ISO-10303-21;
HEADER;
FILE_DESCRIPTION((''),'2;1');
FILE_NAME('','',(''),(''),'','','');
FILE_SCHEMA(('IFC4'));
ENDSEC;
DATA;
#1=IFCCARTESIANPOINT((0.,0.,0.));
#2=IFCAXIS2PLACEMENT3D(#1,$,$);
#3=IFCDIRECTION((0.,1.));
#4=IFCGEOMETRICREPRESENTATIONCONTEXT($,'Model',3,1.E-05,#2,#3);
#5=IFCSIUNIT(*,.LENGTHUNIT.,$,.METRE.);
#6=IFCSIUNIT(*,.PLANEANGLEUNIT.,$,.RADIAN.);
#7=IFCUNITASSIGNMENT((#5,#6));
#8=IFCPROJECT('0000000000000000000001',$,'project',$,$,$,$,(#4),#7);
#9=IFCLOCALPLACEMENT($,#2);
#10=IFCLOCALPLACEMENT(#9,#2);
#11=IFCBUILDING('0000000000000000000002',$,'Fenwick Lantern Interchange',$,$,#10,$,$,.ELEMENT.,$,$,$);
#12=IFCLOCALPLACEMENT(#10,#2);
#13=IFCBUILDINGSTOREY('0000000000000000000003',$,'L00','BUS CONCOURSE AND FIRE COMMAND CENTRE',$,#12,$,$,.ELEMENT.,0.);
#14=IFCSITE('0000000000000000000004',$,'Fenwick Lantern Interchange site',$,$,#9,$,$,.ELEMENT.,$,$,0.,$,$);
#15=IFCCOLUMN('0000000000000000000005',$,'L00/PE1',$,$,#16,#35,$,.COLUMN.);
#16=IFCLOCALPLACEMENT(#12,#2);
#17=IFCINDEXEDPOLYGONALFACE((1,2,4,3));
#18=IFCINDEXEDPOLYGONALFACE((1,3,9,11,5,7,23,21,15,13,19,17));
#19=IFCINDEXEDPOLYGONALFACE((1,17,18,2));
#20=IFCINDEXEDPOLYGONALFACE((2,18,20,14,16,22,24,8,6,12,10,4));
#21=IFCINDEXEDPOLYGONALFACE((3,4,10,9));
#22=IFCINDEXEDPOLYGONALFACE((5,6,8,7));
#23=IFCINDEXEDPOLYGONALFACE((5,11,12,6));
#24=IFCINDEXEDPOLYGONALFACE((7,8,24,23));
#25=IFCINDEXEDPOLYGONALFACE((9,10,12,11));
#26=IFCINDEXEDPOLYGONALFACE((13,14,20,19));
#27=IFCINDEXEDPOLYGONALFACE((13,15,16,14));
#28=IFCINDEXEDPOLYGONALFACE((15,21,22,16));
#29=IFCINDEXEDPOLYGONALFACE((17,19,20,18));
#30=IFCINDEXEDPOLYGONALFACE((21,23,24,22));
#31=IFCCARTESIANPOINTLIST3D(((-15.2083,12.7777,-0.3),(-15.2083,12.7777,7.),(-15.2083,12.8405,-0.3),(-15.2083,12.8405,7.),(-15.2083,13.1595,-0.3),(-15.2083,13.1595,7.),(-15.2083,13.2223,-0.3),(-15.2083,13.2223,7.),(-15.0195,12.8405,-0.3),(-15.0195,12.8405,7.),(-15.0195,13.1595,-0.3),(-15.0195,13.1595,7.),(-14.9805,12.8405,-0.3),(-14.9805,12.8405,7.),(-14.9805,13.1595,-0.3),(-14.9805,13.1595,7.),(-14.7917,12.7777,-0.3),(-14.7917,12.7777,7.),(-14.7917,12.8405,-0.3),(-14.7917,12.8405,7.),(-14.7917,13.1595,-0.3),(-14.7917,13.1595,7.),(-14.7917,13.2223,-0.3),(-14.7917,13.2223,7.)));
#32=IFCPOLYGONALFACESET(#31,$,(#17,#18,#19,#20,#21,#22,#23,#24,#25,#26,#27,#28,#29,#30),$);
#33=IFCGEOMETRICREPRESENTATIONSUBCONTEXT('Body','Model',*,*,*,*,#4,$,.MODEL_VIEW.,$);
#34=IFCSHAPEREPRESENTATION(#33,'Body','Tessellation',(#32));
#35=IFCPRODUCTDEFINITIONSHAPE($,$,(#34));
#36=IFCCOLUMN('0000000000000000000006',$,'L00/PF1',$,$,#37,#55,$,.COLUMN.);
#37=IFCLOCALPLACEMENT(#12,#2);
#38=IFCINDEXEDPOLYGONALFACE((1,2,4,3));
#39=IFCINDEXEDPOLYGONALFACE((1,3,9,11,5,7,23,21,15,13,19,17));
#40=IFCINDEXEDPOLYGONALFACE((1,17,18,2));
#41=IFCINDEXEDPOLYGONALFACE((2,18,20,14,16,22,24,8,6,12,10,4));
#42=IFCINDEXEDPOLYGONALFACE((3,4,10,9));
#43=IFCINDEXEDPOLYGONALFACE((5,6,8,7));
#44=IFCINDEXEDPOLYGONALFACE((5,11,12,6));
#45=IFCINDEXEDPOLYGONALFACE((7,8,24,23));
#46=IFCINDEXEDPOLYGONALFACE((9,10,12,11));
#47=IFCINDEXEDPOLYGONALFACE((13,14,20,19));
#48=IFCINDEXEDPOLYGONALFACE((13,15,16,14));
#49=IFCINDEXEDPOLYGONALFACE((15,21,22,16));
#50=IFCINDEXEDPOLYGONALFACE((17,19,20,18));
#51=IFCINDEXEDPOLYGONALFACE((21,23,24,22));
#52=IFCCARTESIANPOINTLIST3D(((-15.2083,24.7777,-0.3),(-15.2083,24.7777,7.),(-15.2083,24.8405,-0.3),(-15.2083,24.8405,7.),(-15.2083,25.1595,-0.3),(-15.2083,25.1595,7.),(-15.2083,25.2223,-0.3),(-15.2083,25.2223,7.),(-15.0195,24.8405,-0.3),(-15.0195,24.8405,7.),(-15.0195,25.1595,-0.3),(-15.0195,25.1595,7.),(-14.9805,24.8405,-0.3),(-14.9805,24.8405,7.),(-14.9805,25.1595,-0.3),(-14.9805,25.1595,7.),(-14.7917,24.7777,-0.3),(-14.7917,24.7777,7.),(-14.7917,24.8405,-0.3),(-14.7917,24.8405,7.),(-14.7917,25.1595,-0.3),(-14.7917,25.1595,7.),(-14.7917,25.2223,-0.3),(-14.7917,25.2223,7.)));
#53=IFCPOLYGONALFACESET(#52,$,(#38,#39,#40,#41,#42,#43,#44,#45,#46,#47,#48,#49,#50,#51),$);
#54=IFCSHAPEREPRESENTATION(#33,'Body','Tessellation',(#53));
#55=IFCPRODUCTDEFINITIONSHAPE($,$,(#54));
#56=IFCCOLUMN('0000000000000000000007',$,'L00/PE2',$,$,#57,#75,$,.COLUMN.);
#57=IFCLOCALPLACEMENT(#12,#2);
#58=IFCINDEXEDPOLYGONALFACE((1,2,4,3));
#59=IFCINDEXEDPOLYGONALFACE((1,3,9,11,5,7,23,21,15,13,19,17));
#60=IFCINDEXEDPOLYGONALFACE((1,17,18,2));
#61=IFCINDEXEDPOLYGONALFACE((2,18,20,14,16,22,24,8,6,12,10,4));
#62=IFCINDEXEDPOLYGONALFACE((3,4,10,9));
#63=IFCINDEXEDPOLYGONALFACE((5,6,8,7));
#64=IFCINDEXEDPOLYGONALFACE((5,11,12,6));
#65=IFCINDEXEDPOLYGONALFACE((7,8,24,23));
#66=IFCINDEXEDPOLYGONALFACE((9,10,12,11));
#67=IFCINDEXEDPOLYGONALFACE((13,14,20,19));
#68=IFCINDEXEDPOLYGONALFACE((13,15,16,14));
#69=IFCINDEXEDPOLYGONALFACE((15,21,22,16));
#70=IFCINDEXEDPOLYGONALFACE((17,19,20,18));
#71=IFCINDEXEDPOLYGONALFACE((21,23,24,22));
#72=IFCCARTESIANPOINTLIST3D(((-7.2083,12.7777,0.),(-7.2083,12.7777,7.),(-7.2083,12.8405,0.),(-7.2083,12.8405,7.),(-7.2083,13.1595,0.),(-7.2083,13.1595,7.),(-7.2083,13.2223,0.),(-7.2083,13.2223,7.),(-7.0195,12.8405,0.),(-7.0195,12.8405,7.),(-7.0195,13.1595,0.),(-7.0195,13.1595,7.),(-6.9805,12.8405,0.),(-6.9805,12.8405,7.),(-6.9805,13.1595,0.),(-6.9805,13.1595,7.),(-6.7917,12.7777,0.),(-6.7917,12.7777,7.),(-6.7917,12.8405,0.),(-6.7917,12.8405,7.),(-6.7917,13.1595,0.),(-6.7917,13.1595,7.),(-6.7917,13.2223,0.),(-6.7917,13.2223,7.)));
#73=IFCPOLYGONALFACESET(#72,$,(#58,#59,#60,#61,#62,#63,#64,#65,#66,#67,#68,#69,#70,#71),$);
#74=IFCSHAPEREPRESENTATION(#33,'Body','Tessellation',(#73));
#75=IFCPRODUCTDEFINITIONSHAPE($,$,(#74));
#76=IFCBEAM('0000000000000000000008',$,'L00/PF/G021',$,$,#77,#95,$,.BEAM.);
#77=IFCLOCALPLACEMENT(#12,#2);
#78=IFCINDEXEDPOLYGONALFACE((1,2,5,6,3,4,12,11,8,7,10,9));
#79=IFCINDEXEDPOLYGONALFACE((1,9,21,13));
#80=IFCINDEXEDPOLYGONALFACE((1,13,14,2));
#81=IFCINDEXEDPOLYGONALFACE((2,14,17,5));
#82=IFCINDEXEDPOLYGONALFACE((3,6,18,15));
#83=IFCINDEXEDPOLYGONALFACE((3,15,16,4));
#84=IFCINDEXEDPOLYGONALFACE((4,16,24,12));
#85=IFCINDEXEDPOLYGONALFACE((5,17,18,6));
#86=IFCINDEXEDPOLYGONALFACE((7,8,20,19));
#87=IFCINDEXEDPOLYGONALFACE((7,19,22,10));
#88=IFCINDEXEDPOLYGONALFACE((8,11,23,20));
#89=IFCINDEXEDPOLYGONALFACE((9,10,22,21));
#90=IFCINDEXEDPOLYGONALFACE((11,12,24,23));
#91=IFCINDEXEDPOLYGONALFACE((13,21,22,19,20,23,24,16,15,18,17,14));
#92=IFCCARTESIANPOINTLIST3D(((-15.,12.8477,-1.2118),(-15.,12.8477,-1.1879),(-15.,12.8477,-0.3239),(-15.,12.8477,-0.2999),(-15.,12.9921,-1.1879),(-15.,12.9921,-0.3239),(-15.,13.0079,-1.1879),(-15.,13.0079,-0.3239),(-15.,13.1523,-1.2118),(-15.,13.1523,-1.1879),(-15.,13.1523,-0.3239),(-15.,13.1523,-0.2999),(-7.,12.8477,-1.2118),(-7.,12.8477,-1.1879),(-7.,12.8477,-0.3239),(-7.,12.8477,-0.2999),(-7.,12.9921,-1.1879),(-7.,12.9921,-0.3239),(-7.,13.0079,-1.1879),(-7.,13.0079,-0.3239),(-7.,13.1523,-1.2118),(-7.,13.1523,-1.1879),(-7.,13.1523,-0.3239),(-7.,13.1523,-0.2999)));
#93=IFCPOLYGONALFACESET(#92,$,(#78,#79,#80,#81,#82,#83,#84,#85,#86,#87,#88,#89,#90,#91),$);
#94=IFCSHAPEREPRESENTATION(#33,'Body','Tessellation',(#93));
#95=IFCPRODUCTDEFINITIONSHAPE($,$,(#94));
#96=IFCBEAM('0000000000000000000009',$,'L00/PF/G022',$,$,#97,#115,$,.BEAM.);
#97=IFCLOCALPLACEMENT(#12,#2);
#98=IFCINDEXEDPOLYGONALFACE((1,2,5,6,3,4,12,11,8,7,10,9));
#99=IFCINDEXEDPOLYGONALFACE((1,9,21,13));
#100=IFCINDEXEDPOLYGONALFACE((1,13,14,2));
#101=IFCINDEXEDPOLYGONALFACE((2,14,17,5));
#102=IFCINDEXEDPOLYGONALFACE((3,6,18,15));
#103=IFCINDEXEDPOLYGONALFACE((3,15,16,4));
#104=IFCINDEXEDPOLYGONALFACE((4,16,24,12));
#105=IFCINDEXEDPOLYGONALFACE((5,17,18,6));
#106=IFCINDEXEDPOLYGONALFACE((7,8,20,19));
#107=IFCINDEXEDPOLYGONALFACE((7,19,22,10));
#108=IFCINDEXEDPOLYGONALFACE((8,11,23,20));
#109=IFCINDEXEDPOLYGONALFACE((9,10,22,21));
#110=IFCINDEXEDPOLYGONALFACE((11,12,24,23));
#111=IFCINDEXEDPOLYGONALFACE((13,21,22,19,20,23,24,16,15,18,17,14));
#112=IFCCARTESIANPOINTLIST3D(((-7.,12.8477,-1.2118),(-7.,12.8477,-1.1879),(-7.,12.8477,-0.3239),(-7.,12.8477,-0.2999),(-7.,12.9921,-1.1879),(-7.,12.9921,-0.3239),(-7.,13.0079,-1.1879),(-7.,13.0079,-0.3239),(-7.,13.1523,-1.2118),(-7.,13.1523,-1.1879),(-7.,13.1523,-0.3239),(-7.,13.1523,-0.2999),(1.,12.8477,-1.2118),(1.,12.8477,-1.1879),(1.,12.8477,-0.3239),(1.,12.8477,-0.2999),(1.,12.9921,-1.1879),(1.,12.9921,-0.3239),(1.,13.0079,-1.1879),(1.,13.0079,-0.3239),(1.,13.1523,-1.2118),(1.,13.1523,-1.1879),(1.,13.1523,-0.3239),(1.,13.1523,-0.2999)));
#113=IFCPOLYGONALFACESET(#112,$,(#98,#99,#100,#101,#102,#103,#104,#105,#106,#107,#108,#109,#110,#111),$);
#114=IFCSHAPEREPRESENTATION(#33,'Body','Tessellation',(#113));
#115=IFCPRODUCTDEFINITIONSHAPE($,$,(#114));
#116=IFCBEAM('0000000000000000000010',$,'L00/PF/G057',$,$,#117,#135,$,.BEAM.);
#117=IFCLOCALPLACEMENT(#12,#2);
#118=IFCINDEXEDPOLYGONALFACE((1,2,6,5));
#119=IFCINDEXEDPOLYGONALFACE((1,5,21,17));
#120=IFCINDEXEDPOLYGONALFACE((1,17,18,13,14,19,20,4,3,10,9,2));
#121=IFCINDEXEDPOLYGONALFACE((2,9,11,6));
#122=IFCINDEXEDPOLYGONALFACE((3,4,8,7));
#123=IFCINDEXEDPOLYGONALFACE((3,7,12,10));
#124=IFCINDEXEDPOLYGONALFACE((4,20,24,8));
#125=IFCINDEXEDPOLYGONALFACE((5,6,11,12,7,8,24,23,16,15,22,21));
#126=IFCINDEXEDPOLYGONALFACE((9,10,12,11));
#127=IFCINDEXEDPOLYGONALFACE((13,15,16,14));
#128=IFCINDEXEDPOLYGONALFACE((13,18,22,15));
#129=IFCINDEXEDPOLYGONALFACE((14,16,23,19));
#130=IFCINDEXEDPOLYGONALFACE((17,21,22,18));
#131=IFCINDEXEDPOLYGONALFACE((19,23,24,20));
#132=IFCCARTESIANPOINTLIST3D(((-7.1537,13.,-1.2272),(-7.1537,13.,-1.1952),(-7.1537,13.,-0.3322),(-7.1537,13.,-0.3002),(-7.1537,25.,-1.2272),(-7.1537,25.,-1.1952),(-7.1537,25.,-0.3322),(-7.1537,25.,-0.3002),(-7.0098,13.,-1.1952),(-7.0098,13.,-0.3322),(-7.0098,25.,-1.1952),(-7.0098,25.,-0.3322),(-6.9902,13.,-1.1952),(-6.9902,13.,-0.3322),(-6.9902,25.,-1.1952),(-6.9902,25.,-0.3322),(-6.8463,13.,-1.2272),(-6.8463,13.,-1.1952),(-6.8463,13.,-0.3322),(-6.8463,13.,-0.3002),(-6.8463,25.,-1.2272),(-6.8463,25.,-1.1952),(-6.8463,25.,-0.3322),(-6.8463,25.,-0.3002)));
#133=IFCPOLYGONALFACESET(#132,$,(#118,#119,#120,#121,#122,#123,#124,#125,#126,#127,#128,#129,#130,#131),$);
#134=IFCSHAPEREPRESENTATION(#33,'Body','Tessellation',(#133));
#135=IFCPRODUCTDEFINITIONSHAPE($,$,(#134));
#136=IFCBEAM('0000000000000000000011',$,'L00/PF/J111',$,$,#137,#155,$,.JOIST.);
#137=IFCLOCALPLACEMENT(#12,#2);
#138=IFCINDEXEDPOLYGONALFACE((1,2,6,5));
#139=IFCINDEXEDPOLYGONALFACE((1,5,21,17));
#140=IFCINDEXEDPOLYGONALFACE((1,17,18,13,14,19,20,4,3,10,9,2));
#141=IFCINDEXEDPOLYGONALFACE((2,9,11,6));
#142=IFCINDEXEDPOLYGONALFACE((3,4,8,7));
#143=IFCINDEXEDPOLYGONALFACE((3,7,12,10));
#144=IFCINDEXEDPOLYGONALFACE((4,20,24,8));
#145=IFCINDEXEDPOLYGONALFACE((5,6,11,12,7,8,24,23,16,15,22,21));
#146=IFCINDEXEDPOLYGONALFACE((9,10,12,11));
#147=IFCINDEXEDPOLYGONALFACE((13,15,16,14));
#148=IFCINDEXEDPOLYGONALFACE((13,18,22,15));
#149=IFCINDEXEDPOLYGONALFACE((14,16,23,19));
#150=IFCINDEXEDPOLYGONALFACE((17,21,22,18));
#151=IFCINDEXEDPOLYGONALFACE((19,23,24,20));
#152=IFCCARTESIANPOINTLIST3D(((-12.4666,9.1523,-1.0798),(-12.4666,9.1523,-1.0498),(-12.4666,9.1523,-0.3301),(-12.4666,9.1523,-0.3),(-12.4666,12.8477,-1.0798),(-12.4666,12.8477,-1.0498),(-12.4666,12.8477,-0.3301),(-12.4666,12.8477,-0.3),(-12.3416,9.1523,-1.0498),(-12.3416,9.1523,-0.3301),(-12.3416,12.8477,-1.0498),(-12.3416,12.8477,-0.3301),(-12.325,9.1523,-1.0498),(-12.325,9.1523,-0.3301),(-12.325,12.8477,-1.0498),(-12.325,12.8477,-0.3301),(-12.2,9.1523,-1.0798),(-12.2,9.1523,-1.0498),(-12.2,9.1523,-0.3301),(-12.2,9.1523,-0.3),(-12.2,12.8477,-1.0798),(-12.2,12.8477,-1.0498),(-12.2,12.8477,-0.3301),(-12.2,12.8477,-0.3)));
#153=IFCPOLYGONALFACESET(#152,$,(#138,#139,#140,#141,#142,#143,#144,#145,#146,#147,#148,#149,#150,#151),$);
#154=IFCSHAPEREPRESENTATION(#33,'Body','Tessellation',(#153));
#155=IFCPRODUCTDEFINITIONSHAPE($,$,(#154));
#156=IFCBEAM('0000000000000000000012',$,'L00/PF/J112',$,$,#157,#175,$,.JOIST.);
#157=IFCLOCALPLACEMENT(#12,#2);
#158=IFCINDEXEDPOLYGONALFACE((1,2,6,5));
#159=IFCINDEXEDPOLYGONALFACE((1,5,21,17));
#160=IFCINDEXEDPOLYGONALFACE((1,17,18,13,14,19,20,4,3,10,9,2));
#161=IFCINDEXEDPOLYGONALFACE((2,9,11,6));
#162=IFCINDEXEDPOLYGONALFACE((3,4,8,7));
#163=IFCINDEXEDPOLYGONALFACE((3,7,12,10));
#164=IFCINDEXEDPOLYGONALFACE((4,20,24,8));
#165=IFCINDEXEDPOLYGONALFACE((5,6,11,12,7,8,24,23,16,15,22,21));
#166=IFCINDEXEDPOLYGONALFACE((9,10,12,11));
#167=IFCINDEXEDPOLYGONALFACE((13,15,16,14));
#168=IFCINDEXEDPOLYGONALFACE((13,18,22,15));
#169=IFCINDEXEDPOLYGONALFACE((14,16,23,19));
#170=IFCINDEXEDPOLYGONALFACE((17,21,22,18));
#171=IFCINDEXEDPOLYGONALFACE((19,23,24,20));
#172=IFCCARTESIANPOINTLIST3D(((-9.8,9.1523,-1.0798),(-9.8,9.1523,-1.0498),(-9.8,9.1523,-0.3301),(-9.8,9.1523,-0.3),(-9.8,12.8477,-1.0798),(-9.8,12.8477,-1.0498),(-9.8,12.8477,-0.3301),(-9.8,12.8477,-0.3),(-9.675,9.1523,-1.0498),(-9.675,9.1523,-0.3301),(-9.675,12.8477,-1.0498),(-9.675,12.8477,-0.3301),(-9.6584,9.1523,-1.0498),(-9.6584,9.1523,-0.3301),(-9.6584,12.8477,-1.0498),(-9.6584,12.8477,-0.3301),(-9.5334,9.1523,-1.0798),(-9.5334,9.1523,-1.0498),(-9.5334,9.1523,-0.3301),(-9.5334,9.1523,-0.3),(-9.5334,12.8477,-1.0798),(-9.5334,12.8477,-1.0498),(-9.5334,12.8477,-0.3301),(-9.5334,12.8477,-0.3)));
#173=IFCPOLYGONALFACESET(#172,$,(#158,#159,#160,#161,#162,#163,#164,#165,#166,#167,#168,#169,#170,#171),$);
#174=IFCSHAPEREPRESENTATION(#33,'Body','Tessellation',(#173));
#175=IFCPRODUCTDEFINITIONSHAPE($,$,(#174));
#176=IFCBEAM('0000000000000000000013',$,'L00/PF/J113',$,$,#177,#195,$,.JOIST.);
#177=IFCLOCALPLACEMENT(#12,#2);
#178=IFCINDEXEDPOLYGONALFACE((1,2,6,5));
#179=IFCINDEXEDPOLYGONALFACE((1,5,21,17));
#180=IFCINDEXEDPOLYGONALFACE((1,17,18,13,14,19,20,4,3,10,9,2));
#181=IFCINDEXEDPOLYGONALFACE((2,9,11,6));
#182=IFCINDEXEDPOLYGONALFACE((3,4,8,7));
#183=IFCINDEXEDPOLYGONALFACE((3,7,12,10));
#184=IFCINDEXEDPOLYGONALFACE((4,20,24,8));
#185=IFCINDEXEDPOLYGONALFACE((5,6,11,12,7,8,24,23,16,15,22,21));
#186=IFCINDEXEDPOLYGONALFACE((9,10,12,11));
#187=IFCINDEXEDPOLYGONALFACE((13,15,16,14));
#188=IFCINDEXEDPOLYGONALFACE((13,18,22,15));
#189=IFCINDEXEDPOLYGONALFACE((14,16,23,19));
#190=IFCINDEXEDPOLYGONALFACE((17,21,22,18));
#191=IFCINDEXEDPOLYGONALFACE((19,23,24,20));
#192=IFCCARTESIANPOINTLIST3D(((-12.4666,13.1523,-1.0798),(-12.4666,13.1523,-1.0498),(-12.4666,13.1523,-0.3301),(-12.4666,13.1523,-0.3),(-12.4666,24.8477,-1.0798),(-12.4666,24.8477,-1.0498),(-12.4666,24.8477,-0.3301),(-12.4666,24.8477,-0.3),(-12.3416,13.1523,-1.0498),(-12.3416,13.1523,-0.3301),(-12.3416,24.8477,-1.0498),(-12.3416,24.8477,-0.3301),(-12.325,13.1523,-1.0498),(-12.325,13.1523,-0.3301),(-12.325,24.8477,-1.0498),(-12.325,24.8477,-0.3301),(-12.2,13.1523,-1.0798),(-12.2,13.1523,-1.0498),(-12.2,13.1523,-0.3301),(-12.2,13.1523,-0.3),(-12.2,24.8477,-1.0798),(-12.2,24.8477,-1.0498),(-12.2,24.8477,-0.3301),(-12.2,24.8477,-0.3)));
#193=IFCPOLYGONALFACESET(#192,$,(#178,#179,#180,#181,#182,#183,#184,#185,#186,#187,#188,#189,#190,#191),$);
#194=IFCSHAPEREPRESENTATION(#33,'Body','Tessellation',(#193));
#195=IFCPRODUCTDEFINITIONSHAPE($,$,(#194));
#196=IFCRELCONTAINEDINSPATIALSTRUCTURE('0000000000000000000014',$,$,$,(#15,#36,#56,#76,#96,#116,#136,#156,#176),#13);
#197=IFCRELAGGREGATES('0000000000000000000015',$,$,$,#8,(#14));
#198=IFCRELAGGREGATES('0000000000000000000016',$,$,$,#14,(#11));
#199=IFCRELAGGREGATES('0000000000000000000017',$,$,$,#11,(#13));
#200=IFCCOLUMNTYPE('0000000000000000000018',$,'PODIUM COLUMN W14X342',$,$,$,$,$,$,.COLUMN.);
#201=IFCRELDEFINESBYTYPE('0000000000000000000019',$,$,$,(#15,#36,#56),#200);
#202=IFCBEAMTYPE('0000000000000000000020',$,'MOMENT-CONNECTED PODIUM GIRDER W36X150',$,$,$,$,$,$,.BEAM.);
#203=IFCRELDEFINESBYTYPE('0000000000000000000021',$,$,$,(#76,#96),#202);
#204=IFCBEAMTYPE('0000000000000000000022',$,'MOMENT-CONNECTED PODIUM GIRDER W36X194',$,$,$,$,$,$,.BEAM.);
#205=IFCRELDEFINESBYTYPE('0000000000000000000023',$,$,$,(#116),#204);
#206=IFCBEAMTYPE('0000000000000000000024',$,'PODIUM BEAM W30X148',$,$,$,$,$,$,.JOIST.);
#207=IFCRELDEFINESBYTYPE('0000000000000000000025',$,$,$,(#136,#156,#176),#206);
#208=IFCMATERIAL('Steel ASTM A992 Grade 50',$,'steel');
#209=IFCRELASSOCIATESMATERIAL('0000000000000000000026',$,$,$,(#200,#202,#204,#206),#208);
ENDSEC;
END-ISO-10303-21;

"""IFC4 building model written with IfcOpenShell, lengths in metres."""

from ifc_helpers import new_model, si_unit, direction, frame, origin, origin_2d, place, context, subcontext, project, spatial, i_section, extrude, material, material_profile, profile_set, type_object, element, save


model = new_model("IFC4")

# Units and contexts
model_context = context("Model", 3, precision=1e-05, world=origin(), true_north=direction((0.0, 1.0)))
body_context = subcontext(model_context, "Body", "Model", "MODEL_VIEW")
ifc_project = project(units=[si_unit("LENGTHUNIT", "METRE"), si_unit("PLANEANGLEUNIT", "RADIAN")], contexts=[model_context])

# Site, building, storey
site_placement = place(None, origin())
site = spatial("IfcSite", under=ifc_project, at=site_placement, Name="Fenwick Lantern Interchange site", CompositionType="ELEMENT", RefElevation=0.0)
building_placement = place(site_placement, origin())
building = spatial("IfcBuilding", under=site, at=building_placement, Name="Fenwick Lantern Interchange", CompositionType="ELEMENT")
storey_placement = place(building_placement, origin())
storey = spatial("IfcBuildingStorey", under=building, at=storey_placement, Name="L00", Description="BUS CONCOURSE AND FIRE COMMAND CENTRE", CompositionType="ELEMENT", Elevation=0.0)

# Columns
ifc_material_1 = material(Name="Steel ASTM A992 Grade 50", Category="steel")
ifc_material_profile_1 = material_profile(ifc_material_1, i_section(OverallWidth=0.4165, OverallDepth=0.4446, WebThickness=0.0391, FlangeThickness=0.0627, at=origin_2d()), Name="W14X342")
ifc_profile_set_1 = profile_set([ifc_material_profile_1], Name="Steel ASTM A992 Grade 50")
column_type = type_object("IfcColumnType", Name="PODIUM COLUMN W14X342", PredefinedType="COLUMN", material=ifc_profile_set_1)
for number, where, z_axis, x_axis, name in (
    (1, (-15.0, 13.0, -0.3), (0.0, 0.0, 1.0), (1.0, 0.0, 0.0), "L00/PE1"),
    (2, (-15.0, 25.0, -0.3), (0.0, 0.0, 1.0), (1.0, 0.0, 0.0), "L00/PF1"),
):
    element("IfcColumn", number, at=place(storey_placement, frame(where, z_axis=z_axis, x_axis=x_axis)), inside=storey, type_object=column_type, Name=name, PredefinedType="COLUMN", context=body_context, shape_type="SweptSolid", body=[
        extrude(i_section(OverallWidth=0.4165, OverallDepth=0.4446, WebThickness=0.0391, FlangeThickness=0.0627, at=origin_2d()), origin(), (0.0, 0.0, 1.0), 7.3),
    ])
column_placement = place(storey_placement, frame((-7.0, 13.0, 0.0), z_axis=(0.0, 0.0, 1.0), x_axis=(1.0, 0.0, 0.0)))
element("IfcColumn", 3, at=column_placement, inside=storey, type_object=column_type, Name="L00/PE2", PredefinedType="COLUMN", context=body_context, shape_type="SweptSolid", body=[
    extrude(i_section(OverallWidth=0.4165, OverallDepth=0.4446, WebThickness=0.0391, FlangeThickness=0.0627, at=origin_2d()), origin(), (0.0, 0.0, 1.0), 7.0),
])

# Beams
ifc_material_profile_2 = material_profile(ifc_material_1, i_section(OverallWidth=0.3047, OverallDepth=0.9119, WebThickness=0.0159, FlangeThickness=0.0239, at=origin_2d()), Name="W36X150")
ifc_profile_set_2 = profile_set([ifc_material_profile_2], Name="Steel ASTM A992 Grade 50")
beam_type_1 = type_object("IfcBeamType", Name="MOMENT-CONNECTED PODIUM GIRDER W36X150", PredefinedType="BEAM", material=ifc_profile_set_2)
for number, where, z_axis, x_axis, name in (
    (4, (-15.0, 13.0, -0.7559), (1.0, 0.0, 0.0), (0.0, 1.0, 0.0), "L00/PF/G021"),
    (5, (-7.0, 13.0, -0.7559), (1.0, 0.0, 0.0), (0.0, 1.0, 0.0), "L00/PF/G022"),
):
    element("IfcBeam", number, at=place(storey_placement, frame(where, z_axis=z_axis, x_axis=x_axis)), inside=storey, type_object=beam_type_1, Name=name, PredefinedType="BEAM", context=body_context, shape_type="SweptSolid", body=[
        extrude(i_section(OverallWidth=0.3047, OverallDepth=0.9119, WebThickness=0.0159, FlangeThickness=0.0239, at=origin_2d()), origin(), (0.0, 0.0, 1.0), 8.0),
    ])
ifc_material_profile_3 = material_profile(ifc_material_1, i_section(OverallWidth=0.3074, OverallDepth=0.927, WebThickness=0.0195, FlangeThickness=0.032, at=origin_2d()), Name="W36X194")
ifc_profile_set_3 = profile_set([ifc_material_profile_3], Name="Steel ASTM A992 Grade 50")
beam_type_2 = type_object("IfcBeamType", Name="MOMENT-CONNECTED PODIUM GIRDER W36X194", PredefinedType="BEAM", material=ifc_profile_set_3)
beam_1_placement = place(storey_placement, frame((-7.0, 13.0, -0.7637), z_axis=(0.0, 1.0, 0.0), x_axis=(-1.0, 0.0, 0.0)))
element("IfcBeam", 6, at=beam_1_placement, inside=storey, type_object=beam_type_2, Name="L00/PF/G057", PredefinedType="BEAM", context=body_context, shape_type="SweptSolid", body=[
    extrude(i_section(OverallWidth=0.3074, OverallDepth=0.927, WebThickness=0.0195, FlangeThickness=0.032, at=origin_2d()), origin(), (0.0, 0.0, 1.0), 12.0),
])
ifc_material_profile_4 = material_profile(ifc_material_1, i_section(OverallWidth=0.2666, OverallDepth=0.7798, WebThickness=0.0166, FlangeThickness=0.03, at=origin_2d()), Name="W30X148")
ifc_profile_set_4 = profile_set([ifc_material_profile_4], Name="Steel ASTM A992 Grade 50")
beam_type_3 = type_object("IfcBeamType", Name="PODIUM BEAM W30X148", PredefinedType="JOIST", material=ifc_profile_set_4)
for number, where, z_axis, x_axis, name in (
    (7, (-12.3333, 9.1523, -0.6899), (0.0, 1.0, 0.0), (-1.0, 0.0, 0.0), "L00/PF/J111"),
    (8, (-9.6667, 9.1523, -0.6899), (0.0, 1.0, 0.0), (-1.0, 0.0, 0.0), "L00/PF/J112"),
):
    element("IfcBeam", number, at=place(storey_placement, frame(where, z_axis=z_axis, x_axis=x_axis)), inside=storey, type_object=beam_type_3, Name=name, PredefinedType="JOIST", context=body_context, shape_type="SweptSolid", body=[
        extrude(i_section(OverallWidth=0.2666, OverallDepth=0.7798, WebThickness=0.0166, FlangeThickness=0.03, at=origin_2d()), origin(), (0.0, 0.0, 1.0), 3.6953),
    ])
for number, where, z_axis, x_axis, name in (
    (9, (-12.3333, 13.1523, -0.6899), (0.0, 1.0, 0.0), (-1.0, 0.0, 0.0), "L00/PF/J113"),
):
    element("IfcBeam", number, at=place(storey_placement, frame(where, z_axis=z_axis, x_axis=x_axis)), inside=storey, type_object=beam_type_3, Name=name, PredefinedType="JOIST", context=body_context, shape_type="SweptSolid", body=[
        extrude(i_section(OverallWidth=0.2666, OverallDepth=0.7798, WebThickness=0.0166, FlangeThickness=0.03, at=origin_2d()), origin(), (0.0, 0.0, 1.0), 11.6953),
    ])

save(model, "model.ifc")
